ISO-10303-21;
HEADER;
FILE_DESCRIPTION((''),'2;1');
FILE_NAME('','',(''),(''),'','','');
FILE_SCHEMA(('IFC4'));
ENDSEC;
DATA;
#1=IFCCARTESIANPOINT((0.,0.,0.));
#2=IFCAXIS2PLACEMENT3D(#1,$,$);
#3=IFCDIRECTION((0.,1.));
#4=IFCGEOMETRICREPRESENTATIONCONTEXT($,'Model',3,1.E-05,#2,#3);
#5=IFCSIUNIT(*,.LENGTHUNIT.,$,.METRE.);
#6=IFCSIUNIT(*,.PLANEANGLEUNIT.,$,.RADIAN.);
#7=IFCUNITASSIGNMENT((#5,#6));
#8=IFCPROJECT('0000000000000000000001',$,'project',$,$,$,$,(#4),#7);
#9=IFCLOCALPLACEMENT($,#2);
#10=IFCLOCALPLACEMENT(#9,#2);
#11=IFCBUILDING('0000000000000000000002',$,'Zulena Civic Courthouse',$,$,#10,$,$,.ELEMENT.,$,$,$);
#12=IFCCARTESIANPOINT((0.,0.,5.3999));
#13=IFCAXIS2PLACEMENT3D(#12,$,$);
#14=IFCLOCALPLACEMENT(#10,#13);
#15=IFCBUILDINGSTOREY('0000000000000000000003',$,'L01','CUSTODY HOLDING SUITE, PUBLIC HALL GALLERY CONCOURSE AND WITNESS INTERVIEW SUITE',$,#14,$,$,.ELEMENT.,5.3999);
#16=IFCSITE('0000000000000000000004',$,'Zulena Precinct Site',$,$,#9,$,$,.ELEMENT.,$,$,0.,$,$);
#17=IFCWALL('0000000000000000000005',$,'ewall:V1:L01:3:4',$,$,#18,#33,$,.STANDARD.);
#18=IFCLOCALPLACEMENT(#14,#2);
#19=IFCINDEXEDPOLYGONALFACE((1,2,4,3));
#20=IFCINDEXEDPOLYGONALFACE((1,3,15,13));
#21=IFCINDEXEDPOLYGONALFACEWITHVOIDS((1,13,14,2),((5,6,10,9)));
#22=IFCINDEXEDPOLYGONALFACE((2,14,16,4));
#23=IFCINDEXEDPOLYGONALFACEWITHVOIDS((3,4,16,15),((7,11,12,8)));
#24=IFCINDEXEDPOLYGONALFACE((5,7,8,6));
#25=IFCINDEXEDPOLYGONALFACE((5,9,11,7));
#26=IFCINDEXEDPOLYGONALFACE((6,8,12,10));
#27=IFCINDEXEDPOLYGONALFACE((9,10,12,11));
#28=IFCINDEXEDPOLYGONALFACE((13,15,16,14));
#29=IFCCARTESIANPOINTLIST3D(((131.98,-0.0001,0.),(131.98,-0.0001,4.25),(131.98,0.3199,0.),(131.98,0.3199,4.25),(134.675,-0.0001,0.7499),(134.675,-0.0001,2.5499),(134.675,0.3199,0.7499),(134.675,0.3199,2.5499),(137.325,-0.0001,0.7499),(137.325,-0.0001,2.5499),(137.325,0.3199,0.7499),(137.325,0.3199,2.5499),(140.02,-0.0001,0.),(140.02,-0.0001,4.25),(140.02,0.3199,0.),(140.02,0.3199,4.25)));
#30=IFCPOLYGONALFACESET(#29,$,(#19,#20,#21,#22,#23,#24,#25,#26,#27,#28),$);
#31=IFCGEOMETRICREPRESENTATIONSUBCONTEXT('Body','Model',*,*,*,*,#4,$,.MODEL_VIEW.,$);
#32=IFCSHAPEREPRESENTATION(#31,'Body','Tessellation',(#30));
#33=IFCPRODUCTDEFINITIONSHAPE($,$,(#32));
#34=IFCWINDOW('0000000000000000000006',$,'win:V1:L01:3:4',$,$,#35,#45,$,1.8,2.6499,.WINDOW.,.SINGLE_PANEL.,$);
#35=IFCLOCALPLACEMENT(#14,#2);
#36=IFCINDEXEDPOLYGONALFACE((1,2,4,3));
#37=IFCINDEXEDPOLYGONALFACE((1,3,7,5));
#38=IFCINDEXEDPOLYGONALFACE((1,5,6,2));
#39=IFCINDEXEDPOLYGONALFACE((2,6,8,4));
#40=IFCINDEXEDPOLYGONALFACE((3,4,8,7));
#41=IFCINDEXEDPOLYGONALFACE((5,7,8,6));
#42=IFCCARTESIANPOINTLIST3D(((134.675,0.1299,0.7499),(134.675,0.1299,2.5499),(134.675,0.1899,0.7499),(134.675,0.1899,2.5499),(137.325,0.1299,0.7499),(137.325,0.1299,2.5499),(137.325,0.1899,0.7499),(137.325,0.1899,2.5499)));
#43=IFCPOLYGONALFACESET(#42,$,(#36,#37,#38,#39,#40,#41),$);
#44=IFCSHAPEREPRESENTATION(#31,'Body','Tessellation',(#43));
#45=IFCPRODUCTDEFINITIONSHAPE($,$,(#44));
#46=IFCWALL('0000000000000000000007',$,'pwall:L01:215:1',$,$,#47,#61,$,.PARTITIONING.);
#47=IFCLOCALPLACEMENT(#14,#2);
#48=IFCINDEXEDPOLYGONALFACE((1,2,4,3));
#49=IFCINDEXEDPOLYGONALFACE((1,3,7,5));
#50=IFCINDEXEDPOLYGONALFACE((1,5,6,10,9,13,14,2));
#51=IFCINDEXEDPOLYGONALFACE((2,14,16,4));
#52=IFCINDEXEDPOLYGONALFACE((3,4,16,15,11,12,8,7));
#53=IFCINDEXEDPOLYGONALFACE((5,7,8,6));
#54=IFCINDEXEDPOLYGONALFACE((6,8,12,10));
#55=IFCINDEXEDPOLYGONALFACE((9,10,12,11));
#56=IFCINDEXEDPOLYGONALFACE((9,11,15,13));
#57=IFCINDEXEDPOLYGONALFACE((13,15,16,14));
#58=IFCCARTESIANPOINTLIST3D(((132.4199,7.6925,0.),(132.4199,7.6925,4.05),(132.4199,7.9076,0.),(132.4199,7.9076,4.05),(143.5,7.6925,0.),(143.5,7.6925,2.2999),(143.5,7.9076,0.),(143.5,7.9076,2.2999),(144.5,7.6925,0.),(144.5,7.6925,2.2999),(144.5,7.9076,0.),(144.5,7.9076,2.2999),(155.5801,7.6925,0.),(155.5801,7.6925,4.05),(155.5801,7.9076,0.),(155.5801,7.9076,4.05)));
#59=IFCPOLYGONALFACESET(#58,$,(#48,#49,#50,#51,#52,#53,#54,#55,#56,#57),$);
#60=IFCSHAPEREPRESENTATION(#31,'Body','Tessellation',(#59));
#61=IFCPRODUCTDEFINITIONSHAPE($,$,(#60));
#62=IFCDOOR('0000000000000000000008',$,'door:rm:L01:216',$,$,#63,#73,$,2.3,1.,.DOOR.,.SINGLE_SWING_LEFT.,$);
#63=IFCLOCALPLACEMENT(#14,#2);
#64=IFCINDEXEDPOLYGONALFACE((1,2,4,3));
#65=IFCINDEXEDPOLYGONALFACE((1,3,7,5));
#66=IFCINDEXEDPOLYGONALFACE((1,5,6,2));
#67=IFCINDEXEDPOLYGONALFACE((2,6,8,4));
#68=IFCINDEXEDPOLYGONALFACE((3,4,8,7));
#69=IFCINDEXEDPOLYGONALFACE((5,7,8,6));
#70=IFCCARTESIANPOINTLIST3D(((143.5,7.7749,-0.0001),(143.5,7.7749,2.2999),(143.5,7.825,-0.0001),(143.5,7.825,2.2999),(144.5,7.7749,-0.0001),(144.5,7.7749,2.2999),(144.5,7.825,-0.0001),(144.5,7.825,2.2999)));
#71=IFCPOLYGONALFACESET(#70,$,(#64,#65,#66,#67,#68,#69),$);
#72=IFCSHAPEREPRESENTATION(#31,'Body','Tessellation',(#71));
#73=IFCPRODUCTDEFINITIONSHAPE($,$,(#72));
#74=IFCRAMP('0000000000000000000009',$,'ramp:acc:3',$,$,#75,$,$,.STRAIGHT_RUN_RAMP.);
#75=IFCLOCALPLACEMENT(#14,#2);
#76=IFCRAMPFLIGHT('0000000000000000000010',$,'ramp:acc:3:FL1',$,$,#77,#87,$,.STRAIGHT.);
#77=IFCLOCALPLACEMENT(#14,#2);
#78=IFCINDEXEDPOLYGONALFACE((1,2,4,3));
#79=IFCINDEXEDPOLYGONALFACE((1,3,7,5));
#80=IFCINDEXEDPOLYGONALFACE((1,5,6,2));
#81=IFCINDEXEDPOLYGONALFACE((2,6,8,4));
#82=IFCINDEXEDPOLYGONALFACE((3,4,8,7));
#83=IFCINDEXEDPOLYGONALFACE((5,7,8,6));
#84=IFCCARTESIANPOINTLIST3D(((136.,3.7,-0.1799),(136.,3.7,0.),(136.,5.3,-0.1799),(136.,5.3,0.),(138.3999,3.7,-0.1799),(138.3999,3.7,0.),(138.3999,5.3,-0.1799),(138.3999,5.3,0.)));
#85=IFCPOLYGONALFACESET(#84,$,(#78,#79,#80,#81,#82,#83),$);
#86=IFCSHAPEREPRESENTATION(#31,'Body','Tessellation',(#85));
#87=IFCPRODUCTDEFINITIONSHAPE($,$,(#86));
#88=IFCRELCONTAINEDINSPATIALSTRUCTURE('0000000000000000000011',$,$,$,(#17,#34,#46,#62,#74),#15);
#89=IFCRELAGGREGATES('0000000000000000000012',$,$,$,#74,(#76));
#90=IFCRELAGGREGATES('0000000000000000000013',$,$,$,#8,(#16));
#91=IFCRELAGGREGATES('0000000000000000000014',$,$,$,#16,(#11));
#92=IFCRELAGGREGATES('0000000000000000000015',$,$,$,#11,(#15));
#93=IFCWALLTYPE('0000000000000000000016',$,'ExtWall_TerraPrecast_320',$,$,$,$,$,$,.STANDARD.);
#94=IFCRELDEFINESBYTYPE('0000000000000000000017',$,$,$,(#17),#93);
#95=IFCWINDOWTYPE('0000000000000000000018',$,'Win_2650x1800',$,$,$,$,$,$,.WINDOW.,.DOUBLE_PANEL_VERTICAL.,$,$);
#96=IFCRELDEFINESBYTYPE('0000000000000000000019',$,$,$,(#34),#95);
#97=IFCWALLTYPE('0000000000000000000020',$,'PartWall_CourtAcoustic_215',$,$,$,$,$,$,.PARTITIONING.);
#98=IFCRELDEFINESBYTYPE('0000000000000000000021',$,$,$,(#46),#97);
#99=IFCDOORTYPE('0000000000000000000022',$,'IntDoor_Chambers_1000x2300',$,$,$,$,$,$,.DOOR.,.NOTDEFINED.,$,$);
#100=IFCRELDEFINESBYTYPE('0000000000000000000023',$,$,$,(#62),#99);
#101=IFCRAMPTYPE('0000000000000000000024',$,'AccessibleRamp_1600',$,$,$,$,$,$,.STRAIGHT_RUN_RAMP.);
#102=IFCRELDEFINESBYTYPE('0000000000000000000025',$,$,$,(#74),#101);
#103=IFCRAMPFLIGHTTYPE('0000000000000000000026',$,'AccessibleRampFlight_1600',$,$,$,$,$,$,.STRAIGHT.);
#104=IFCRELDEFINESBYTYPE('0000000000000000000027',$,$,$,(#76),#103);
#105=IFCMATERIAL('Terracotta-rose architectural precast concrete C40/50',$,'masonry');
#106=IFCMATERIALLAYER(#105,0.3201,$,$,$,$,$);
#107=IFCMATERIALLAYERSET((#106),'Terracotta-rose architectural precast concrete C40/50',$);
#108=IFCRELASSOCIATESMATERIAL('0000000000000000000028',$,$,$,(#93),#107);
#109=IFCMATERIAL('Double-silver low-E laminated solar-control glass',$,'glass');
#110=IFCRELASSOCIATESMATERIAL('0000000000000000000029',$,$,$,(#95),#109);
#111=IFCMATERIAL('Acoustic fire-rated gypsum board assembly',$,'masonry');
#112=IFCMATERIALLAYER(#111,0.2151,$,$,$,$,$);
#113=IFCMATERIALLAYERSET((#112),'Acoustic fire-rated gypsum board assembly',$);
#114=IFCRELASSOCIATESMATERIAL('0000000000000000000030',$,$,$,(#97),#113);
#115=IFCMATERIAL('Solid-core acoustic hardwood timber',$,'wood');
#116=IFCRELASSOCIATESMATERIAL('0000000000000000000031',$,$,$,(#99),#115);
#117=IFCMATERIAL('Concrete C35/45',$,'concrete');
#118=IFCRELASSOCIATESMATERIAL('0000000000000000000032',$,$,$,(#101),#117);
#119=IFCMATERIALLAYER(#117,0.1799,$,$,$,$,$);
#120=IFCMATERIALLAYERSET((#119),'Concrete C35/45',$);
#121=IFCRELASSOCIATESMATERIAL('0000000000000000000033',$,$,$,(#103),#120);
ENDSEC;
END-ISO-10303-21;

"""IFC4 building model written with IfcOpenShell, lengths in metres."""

from ifc_helpers import new_model, si_unit, direction, frame, frame_2d, origin, place, context, subcontext, project, spatial, polyline, rectangle, outline, extrude, material, layer, layer_set, type_object, element, fill, aggregate, save


model = new_model("IFC4")

# Units and contexts
model_context = context("Model", 3, precision=1e-05, world=origin(), true_north=direction((0.0, 1.0)))
body_context = subcontext(model_context, "Body", "Model", "MODEL_VIEW")
ifc_project = project(units=[si_unit("LENGTHUNIT", "METRE"), si_unit("PLANEANGLEUNIT", "RADIAN")], contexts=[model_context])

# Site, building, storey
site_placement = place(None, origin())
site = spatial("IfcSite", under=ifc_project, at=site_placement, Name="Zulena Precinct Site", CompositionType="ELEMENT", RefElevation=0.0)
building_placement = place(site_placement, origin())
building = spatial("IfcBuilding", under=site, at=building_placement, Name="Zulena Civic Courthouse", CompositionType="ELEMENT")
storey_placement = place(building_placement, frame((0.0, 0.0, 5.3999)))
storey = spatial("IfcBuildingStorey", under=building, at=storey_placement, Name="L01", Description="CUSTODY HOLDING SUITE, PUBLIC HALL GALLERY CONCOURSE AND WITNESS INTERVIEW SUITE", CompositionType="ELEMENT", Elevation=5.3999)

# Shared definitions
ifc_material_1 = material(Name="Double-silver low-E laminated solar-control glass", Category="glass")

# Wall, opening, window
ifc_material_2 = material(Name="Terracotta-rose architectural precast concrete C40/50", Category="masonry")
ifc_layer_1 = layer(ifc_material_2, 0.3201)
ifc_layer_set_1 = layer_set([ifc_layer_1], Name="Terracotta-rose architectural precast concrete C40/50")
wall_type_1 = type_object("IfcWallType", Name="ExtWall_TerraPrecast_320", PredefinedType="STANDARD", material=ifc_layer_set_1)
wall_1_placement = place(storey_placement, frame((140.02, 0.1599, 0.0), z_axis=(0.0, 0.0, 1.0), x_axis=(-1.0, 0.0, 0.0)))
wall_1 = element("IfcWall", 1, at=wall_1_placement, inside=storey, type_object=wall_type_1, Name="ewall:V1:L01:3:4", PredefinedType="STANDARD", context=body_context, shape_type="SweptSolid", body=[
    extrude(rectangle(XDim=8.04, YDim=0.3201, at=frame_2d((4.02, 0.0))), origin(), (0.0, 0.0, 1.0), 4.25),
])
opening_1_placement = place(wall_1_placement, frame((2.6951, 0.0, 0.75)))
opening_1 = element("IfcOpeningElement", 2, at=opening_1_placement, cuts=wall_1, PredefinedType="OPENING", context=body_context, shape_type="SweptSolid", body=[
    extrude(rectangle(XDim=2.6499, YDim=1.8, at=frame_2d((1.325, 0.8999))), frame((0.0, 0.1699, 0.0), z_axis=(0.0, -1.0, 0.0), x_axis=(1.0, 0.0, 0.0)), (0.0, 0.0, 1.0), 0.3401),
])
window_type = type_object("IfcWindowType", Name="Win_2650x1800", PartitioningType="DOUBLE_PANEL_VERTICAL", PredefinedType="WINDOW", material=ifc_material_1)
window_placement = place(opening_1_placement, origin())
window = element("IfcWindow", 3, at=window_placement, inside=storey, type_object=window_type, Name="win:V1:L01:3:4", OverallHeight=1.8, OverallWidth=2.6499, PartitioningType="SINGLE_PANEL", PredefinedType="WINDOW", context=body_context, shape_type="SweptSolid", body=[
    extrude(rectangle(XDim=2.6499, YDim=1.8, at=frame_2d((1.325, 0.8999))), frame((0.0, 0.03, 0.0), z_axis=(0.0, -1.0, 0.0), x_axis=(1.0, 0.0, 0.0)), (0.0, 0.0, 1.0), 0.0601),
])
fill(opening_1, window)

# Wall, opening, door
ifc_material_3 = material(Name="Acoustic fire-rated gypsum board assembly", Category="masonry")
ifc_layer_2 = layer(ifc_material_3, 0.2151)
ifc_layer_set_2 = layer_set([ifc_layer_2], Name="Acoustic fire-rated gypsum board assembly")
wall_type_2 = type_object("IfcWallType", Name="PartWall_CourtAcoustic_215", PredefinedType="PARTITIONING", material=ifc_layer_set_2)
wall_2_placement = place(storey_placement, frame((132.4199, 7.8, 0.0), z_axis=(0.0, 0.0, 1.0), x_axis=(1.0, 0.0, 0.0)))
wall_2 = element("IfcWall", 4, at=wall_2_placement, inside=storey, type_object=wall_type_2, Name="pwall:L01:215:1", PredefinedType="PARTITIONING", context=body_context, shape_type="SweptSolid", body=[
    extrude(rectangle(XDim=23.1602, YDim=0.2151, at=frame_2d((11.5801, 0.0))), origin(), (0.0, 0.0, 1.0), 4.05),
])
opening_2_placement = place(wall_2_placement, frame((11.0801, 0.0, 0.0)))
opening_2 = element("IfcOpeningElement", 5, at=opening_2_placement, cuts=wall_2, PredefinedType="OPENING", context=body_context, shape_type="SweptSolid", body=[
    extrude(rectangle(XDim=1.0, YDim=2.3, at=frame_2d((0.5, 1.1499))), frame((0.0, 0.1174, 0.0), z_axis=(0.0, -1.0, 0.0), x_axis=(1.0, 0.0, 0.0)), (0.0, 0.0, 1.0), 0.2351),
])
ifc_material_4 = material(Name="Solid-core acoustic hardwood timber", Category="wood")
door_type = type_object("IfcDoorType", Name="IntDoor_Chambers_1000x2300", OperationType="NOTDEFINED", PredefinedType="DOOR", material=ifc_material_4)
door_placement = place(opening_2_placement, origin())
door = element("IfcDoor", 6, at=door_placement, inside=storey, type_object=door_type, Name="door:rm:L01:216", OperationType="SINGLE_SWING_LEFT", OverallHeight=2.3, OverallWidth=1.0, PredefinedType="DOOR", context=body_context, shape_type="SweptSolid", body=[
    extrude(rectangle(XDim=1.0, YDim=2.3, at=frame_2d((0.5, 1.1499))), frame((0.0, 0.0249, 0.0), z_axis=(0.0, -1.0, 0.0), x_axis=(1.0, 0.0, 0.0)), (0.0, 0.0, 1.0), 0.05),
])
fill(opening_2, door)

# Ramp, ramp flight
ifc_material_5 = material(Name="Concrete C35/45", Category="concrete")
ramp_type = type_object("IfcRampType", Name="AccessibleRamp_1600", PredefinedType="STRAIGHT_RUN_RAMP", material=ifc_material_5)
ramp_placement = place(storey_placement, origin())
ramp = element("IfcRamp", 7, at=ramp_placement, inside=storey, type_object=ramp_type, Name="ramp:acc:3", PredefinedType="STRAIGHT_RUN_RAMP")
ifc_layer_3 = layer(ifc_material_5, 0.1799)
ifc_layer_set_3 = layer_set([ifc_layer_3], Name="Concrete C35/45")
ramp_flight_type = type_object("IfcRampFlightType", Name="AccessibleRampFlight_1600", PredefinedType="STRAIGHT", material=ifc_layer_set_3)
ramp_flight_placement = place(storey_placement, frame((136.0, 4.5, 0.0), z_axis=(0.0, 0.0, 1.0), x_axis=(1.0, 0.0, 0.0)))
ramp_flight = element("IfcRampFlight", 8, at=ramp_flight_placement, type_object=ramp_flight_type, Name="ramp:acc:3:FL1", PredefinedType="STRAIGHT", context=body_context, shape_type="SweptSolid", body=[
    extrude(outline(polyline([(0.0, 0.0), (2.3999, 0.0), (2.3999, -0.1799), (0.0, -0.1799), (0.0, 0.0)])), frame((0.0, 0.8, 0.0), z_axis=(0.0, -1.0, 0.0), x_axis=(1.0, 0.0, 0.0)), (0.0, 0.0, 1.0), 1.6001),
])
aggregate(ramp, [ramp_flight])

save(model, "model.ifc")
